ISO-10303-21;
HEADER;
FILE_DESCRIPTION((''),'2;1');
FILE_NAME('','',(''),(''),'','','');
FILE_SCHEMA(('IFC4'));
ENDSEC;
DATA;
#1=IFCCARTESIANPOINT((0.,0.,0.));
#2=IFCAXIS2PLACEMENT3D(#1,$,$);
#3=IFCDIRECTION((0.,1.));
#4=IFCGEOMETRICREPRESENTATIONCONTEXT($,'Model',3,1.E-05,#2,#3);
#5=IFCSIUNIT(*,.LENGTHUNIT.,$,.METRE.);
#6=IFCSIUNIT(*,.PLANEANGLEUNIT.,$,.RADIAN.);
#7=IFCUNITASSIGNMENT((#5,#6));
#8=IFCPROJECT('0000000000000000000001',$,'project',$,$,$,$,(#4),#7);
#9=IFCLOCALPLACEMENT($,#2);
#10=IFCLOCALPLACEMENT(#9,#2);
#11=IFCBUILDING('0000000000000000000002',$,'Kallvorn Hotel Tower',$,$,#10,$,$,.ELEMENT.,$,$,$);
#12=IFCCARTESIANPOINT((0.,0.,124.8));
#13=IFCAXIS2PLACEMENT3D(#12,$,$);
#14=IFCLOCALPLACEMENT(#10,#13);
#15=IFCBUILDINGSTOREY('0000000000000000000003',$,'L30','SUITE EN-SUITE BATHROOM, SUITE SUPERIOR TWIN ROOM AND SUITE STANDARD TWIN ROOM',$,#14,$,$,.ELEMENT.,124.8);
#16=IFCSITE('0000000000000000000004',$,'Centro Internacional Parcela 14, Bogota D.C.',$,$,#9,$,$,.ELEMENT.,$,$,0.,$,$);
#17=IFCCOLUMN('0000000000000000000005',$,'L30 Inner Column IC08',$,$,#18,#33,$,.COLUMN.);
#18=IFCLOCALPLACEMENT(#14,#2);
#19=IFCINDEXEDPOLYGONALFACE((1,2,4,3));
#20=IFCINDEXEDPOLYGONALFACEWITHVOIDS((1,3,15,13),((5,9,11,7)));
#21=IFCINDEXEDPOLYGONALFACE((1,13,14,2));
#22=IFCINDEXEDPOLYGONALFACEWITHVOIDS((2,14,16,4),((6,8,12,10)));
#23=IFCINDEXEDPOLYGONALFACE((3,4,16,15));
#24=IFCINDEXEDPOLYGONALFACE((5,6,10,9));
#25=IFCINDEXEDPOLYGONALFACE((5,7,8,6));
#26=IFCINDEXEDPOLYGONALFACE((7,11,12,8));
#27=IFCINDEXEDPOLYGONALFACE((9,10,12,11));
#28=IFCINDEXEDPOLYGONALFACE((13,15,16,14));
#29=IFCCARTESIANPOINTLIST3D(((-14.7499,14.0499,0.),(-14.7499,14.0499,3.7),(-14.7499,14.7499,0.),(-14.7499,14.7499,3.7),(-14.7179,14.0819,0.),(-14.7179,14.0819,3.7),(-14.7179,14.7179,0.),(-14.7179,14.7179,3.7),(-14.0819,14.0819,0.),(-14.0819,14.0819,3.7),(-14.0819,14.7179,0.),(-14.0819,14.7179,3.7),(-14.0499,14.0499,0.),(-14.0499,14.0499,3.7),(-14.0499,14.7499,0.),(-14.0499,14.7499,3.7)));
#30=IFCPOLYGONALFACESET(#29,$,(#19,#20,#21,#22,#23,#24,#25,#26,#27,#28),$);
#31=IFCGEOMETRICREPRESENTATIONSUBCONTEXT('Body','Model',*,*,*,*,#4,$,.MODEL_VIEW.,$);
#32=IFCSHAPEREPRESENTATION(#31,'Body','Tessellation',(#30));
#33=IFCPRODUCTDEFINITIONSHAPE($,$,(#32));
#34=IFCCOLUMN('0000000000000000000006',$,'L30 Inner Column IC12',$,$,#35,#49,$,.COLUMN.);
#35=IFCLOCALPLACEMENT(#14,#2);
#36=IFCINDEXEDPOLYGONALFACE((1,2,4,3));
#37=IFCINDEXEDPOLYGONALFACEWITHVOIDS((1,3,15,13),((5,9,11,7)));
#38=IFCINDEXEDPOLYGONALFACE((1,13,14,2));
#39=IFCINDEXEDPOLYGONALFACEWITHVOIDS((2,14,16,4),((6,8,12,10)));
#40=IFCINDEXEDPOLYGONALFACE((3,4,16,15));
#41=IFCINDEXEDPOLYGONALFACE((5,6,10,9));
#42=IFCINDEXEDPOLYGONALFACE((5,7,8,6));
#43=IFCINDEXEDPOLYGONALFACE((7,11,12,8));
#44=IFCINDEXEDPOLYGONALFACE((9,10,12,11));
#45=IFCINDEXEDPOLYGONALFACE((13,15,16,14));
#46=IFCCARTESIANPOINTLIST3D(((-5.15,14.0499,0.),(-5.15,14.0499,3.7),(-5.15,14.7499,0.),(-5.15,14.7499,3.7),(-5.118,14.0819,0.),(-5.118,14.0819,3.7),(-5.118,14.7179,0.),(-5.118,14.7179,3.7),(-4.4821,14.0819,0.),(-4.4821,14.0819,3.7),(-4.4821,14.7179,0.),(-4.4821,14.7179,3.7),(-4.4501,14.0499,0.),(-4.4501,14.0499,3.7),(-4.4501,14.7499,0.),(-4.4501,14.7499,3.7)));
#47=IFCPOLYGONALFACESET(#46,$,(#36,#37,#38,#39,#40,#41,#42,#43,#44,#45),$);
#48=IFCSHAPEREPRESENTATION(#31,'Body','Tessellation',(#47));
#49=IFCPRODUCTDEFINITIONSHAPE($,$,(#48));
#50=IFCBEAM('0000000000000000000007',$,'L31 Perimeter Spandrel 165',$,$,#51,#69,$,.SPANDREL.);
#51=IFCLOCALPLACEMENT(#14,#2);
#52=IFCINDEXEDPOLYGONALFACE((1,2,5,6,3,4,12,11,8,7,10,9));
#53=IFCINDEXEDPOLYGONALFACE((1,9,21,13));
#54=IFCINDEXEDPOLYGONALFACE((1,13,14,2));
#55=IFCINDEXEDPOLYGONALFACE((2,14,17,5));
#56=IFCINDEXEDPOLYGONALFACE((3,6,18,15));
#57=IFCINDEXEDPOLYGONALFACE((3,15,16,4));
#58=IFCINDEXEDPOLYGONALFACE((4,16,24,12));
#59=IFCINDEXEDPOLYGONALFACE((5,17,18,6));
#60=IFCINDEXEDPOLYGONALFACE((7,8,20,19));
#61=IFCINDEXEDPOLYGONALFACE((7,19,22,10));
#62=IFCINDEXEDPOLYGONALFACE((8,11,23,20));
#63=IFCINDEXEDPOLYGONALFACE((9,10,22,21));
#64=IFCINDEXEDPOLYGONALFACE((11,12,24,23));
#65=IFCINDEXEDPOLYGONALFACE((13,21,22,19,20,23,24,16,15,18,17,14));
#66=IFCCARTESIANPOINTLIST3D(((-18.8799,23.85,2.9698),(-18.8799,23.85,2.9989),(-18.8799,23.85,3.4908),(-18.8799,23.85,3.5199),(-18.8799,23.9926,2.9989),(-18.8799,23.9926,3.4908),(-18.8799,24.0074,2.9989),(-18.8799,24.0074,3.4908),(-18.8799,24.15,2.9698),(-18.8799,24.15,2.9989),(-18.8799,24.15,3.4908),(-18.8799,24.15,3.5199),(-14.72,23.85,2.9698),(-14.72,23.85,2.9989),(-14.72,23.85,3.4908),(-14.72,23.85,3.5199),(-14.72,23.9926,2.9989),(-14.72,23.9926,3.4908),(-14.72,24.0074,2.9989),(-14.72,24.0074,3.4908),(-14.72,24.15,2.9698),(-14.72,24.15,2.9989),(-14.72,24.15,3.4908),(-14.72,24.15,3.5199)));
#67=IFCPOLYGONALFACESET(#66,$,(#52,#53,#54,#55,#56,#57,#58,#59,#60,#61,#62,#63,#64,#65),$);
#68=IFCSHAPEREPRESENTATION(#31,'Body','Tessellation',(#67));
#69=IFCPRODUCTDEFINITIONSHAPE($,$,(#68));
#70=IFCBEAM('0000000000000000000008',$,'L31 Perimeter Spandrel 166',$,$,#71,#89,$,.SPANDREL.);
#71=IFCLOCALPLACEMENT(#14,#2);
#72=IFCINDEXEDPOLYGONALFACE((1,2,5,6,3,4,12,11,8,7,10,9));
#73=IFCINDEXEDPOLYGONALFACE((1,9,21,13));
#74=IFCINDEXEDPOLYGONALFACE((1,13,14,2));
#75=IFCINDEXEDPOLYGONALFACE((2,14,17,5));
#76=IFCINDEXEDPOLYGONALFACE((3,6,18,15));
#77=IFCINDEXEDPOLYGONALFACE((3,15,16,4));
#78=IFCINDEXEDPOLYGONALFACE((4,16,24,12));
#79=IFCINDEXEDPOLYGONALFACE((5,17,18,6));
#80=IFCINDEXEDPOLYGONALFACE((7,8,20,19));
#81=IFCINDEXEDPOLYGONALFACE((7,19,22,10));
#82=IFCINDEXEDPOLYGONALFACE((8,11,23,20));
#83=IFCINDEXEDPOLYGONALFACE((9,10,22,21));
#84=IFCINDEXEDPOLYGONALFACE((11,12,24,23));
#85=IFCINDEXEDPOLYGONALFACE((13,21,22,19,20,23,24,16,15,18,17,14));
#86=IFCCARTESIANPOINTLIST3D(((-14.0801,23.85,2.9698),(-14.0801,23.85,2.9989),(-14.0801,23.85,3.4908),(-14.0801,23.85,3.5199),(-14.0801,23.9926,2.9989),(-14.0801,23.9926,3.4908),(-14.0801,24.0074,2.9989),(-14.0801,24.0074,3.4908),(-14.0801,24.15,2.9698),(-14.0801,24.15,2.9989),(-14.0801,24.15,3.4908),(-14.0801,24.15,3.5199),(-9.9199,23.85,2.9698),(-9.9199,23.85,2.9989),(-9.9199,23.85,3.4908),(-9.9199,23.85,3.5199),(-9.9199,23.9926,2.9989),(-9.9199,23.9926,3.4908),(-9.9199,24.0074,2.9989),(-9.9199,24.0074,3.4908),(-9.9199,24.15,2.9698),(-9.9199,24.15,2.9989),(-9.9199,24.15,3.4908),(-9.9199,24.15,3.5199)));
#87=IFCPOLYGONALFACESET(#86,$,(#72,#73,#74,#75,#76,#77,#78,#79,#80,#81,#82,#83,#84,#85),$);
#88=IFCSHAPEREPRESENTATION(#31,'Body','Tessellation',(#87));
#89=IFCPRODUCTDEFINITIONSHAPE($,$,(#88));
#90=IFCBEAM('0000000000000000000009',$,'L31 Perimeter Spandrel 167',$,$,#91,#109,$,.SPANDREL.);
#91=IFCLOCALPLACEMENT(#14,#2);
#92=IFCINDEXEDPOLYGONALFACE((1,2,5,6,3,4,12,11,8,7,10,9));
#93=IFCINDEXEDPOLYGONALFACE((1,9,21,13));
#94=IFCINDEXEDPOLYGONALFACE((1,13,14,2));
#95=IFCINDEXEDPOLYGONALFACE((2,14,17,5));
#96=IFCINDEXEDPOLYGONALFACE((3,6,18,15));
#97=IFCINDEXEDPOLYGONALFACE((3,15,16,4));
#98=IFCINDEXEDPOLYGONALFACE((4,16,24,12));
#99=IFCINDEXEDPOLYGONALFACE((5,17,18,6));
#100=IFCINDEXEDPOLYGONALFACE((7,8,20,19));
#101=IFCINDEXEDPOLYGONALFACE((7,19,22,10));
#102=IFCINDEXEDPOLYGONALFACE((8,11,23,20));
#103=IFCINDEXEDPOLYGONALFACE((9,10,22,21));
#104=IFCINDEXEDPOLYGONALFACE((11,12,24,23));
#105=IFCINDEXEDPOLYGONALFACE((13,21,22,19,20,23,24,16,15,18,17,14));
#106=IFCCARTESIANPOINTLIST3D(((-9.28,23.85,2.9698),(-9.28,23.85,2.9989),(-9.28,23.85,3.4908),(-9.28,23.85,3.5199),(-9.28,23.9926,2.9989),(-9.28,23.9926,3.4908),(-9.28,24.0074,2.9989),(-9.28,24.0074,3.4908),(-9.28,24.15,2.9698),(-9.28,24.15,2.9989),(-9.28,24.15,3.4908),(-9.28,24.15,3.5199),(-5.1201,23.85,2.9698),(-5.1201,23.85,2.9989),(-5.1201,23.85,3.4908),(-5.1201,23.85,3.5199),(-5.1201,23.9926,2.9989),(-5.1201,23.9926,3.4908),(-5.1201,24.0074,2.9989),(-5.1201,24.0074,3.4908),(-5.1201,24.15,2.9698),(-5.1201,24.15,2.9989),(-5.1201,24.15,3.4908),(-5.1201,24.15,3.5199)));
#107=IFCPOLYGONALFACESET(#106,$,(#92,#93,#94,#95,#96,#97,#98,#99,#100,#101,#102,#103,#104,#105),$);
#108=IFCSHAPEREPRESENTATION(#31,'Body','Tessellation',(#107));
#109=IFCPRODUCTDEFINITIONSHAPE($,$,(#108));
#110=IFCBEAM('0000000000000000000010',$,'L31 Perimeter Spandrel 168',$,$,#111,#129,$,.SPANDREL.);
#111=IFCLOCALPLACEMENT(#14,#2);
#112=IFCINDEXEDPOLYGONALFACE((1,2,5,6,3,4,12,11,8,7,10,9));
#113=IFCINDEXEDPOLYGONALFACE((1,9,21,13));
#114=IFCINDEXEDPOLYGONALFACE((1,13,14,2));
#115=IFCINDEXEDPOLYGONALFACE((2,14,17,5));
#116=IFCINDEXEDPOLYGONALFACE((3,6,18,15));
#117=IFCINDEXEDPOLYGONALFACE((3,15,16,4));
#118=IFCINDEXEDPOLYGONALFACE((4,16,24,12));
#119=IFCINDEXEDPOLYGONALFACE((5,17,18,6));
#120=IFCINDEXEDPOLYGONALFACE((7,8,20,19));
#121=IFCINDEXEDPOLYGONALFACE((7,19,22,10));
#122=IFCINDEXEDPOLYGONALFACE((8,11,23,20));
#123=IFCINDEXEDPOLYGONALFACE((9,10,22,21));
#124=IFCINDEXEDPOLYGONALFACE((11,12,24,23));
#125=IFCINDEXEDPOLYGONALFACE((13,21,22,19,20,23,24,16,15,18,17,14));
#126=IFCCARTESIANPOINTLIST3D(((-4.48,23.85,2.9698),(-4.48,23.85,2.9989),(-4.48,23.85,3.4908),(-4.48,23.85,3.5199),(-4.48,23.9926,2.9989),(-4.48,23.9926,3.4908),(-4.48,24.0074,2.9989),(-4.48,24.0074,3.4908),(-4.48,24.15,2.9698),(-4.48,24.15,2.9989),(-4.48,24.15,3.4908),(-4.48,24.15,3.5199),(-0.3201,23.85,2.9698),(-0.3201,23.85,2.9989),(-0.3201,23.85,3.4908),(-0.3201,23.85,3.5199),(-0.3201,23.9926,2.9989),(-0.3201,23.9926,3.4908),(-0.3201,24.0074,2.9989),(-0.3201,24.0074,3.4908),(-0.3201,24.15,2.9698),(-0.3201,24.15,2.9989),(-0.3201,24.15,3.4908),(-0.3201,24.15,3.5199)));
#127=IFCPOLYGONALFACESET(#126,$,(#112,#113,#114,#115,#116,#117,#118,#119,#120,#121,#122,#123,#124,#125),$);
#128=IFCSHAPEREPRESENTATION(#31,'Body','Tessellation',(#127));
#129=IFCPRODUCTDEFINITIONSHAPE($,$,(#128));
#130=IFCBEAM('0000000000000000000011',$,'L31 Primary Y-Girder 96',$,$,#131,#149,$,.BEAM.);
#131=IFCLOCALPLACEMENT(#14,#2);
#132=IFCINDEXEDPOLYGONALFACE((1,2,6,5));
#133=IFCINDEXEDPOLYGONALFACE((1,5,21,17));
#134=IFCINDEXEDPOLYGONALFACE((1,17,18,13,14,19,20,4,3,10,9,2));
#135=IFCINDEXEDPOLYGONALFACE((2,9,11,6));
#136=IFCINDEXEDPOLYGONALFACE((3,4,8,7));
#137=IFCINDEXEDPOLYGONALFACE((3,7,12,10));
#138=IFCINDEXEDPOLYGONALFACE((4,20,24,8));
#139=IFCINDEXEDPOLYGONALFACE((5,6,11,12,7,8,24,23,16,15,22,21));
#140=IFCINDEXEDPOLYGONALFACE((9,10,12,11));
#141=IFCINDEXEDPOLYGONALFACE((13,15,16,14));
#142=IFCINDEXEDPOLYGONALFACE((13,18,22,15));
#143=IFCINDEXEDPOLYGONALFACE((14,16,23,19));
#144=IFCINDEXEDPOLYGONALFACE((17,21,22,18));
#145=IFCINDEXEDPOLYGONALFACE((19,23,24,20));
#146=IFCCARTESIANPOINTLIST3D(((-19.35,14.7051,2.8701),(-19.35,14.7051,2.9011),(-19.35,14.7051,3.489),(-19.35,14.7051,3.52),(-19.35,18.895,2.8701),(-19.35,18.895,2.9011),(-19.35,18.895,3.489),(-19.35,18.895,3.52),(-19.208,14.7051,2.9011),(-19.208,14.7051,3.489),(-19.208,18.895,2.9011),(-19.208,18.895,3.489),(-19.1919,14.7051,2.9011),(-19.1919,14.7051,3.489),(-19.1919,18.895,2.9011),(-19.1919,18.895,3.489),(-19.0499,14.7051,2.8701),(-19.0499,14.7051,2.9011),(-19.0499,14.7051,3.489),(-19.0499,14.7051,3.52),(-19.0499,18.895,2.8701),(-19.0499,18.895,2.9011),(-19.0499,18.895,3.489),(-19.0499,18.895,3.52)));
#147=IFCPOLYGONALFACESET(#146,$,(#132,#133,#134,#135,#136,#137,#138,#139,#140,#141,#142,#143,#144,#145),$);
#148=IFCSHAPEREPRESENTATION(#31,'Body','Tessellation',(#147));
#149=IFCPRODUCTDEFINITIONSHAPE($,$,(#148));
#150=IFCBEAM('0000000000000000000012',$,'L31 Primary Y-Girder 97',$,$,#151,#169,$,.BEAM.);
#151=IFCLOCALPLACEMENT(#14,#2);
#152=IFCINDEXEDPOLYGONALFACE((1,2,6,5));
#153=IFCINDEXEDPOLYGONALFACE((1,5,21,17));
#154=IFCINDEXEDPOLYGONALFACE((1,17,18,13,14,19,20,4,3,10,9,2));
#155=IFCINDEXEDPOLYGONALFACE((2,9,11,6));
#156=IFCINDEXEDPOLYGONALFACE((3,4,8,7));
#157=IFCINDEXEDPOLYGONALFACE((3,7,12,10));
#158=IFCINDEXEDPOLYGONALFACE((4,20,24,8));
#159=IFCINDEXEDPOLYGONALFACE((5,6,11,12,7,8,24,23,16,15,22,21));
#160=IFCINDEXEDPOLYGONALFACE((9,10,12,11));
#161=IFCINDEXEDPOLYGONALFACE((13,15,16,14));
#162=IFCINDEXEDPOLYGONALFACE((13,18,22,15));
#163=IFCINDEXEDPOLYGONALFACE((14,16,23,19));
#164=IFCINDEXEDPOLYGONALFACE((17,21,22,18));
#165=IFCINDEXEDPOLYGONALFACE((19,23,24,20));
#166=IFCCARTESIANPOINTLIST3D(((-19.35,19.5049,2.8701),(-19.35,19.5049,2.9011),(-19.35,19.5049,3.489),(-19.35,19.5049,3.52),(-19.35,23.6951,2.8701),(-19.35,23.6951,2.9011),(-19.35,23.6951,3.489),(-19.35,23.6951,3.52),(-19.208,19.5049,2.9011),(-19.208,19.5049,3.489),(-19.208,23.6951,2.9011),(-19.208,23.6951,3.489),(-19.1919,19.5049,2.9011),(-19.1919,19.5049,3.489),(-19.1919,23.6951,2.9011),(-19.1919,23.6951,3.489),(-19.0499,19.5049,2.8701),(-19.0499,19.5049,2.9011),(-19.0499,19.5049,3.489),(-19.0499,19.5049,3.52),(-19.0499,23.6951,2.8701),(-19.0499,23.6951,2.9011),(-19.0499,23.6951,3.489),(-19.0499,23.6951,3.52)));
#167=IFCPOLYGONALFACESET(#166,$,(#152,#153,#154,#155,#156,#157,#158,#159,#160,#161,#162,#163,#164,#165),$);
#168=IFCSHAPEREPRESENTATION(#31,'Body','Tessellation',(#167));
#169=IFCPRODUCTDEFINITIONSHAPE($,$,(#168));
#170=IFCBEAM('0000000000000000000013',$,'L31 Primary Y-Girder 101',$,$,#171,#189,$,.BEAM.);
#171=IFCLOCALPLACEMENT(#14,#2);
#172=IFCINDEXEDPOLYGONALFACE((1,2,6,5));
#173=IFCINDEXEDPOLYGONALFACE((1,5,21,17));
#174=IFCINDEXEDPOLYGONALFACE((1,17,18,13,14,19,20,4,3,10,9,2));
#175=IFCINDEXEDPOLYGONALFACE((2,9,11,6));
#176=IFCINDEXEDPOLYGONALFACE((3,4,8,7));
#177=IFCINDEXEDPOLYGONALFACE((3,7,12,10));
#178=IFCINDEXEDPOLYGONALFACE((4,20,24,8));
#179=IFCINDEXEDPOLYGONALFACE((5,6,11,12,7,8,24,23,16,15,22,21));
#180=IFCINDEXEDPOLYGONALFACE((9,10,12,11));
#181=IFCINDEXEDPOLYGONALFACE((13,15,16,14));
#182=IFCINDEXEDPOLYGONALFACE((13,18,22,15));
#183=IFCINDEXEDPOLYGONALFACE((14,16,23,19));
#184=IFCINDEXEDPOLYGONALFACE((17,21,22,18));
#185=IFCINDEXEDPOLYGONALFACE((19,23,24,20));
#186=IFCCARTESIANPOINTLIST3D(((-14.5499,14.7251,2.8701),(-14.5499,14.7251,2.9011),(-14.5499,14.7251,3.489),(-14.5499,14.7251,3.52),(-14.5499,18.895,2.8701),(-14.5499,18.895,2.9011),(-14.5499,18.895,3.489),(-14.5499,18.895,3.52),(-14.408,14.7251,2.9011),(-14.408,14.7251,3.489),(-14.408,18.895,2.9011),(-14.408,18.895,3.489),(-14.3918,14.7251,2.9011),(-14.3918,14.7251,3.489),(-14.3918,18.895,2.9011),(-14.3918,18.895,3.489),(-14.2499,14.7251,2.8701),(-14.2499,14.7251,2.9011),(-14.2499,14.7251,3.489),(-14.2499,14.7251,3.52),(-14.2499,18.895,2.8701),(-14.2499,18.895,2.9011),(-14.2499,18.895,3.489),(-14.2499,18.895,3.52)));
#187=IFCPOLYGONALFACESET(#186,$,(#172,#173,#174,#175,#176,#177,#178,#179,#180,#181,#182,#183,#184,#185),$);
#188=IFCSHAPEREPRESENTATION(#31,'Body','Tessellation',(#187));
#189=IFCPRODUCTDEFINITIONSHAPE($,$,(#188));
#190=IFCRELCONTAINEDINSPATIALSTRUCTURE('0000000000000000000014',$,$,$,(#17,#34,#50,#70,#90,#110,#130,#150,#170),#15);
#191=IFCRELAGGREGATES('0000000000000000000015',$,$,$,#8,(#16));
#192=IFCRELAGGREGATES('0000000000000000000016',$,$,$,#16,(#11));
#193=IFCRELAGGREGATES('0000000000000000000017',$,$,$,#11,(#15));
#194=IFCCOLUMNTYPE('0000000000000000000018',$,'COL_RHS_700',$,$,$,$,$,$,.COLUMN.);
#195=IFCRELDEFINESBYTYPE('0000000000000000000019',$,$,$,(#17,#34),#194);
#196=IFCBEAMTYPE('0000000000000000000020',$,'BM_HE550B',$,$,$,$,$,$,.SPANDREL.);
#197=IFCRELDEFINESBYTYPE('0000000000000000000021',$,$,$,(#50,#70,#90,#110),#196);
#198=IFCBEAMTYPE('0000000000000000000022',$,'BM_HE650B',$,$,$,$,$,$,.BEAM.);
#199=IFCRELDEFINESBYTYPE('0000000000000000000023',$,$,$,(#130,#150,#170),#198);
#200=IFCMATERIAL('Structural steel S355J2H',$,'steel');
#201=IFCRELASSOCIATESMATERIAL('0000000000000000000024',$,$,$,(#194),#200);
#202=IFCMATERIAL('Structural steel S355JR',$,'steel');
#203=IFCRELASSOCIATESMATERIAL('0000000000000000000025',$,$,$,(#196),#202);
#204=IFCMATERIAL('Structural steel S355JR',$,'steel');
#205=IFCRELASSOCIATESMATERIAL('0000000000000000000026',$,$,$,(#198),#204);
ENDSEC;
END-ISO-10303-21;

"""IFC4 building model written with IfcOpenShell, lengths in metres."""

from ifc_helpers import new_model, si_unit, direction, frame, origin, origin_2d, place, context, subcontext, project, spatial, hollow_rectangle, i_section, extrude, material, material_profile, profile_set, type_object, element, save


model = new_model("IFC4")

# Units and contexts
model_context = context("Model", 3, precision=1e-05, world=origin(), true_north=direction((0.0, 1.0)))
body_context = subcontext(model_context, "Body", "Model", "MODEL_VIEW")
ifc_project = project(units=[si_unit("LENGTHUNIT", "METRE"), si_unit("PLANEANGLEUNIT", "RADIAN")], contexts=[model_context])

# Site, building, storey
site_placement = place(None, origin())
site = spatial("IfcSite", under=ifc_project, at=site_placement, Name="Centro Internacional Parcela 14, Bogota D.C.", CompositionType="ELEMENT", RefElevation=0.0)
building_placement = place(site_placement, origin())
building = spatial("IfcBuilding", under=site, at=building_placement, Name="Kallvorn Hotel Tower", CompositionType="ELEMENT")
storey_placement = place(building_placement, frame((0.0, 0.0, 124.8)))
storey = spatial("IfcBuildingStorey", under=building, at=storey_placement, Name="L30", Description="SUITE EN-SUITE BATHROOM, SUITE SUPERIOR TWIN ROOM AND SUITE STANDARD TWIN ROOM", CompositionType="ELEMENT", Elevation=124.8)

# Columns
ifc_material_1 = material(Name="Structural steel S355J2H", Category="steel")
ifc_material_profile_1 = material_profile(ifc_material_1, hollow_rectangle(XDim=0.7, YDim=0.7, WallThickness=0.032, at=origin_2d()), Name="RHS 700x700x32")
ifc_profile_set_1 = profile_set([ifc_material_profile_1], Name="Structural steel S355J2H")
column_type_1 = type_object("IfcColumnType", Name="COL_RHS_700", PredefinedType="COLUMN", material=ifc_profile_set_1)
for number, where, z_axis, x_axis, name in (
    (1, (-14.3999, 14.3999, 0.0), (0.0, 0.0, 1.0), (1.0, 0.0, 0.0), "L30 Inner Column IC08"),
    (2, (-4.8, 14.3999, 0.0), (0.0, 0.0, 1.0), (1.0, 0.0, 0.0), "L30 Inner Column IC12"),
):
    element("IfcColumn", number, at=place(storey_placement, frame(where, z_axis=z_axis, x_axis=x_axis)), inside=storey, type_object=column_type_1, Name=name, PredefinedType="COLUMN", context=body_context, shape_type="SweptSolid", body=[
        extrude(hollow_rectangle(XDim=0.7, YDim=0.7, WallThickness=0.032, at=origin_2d()), origin(), (0.0, 0.0, 1.0), 3.7),
    ])

# Beams
ifc_material_2 = material(Name="Structural steel S355JR", Category="steel")
ifc_material_profile_2 = material_profile(ifc_material_2, i_section(OverallWidth=0.3, OverallDepth=0.55, WebThickness=0.0149, FlangeThickness=0.0291, at=origin_2d()), Name="HE 550 B")
ifc_profile_set_2 = profile_set([ifc_material_profile_2], Name="Structural steel S355JR")
beam_type_1 = type_object("IfcBeamType", Name="BM_HE550B", PredefinedType="SPANDREL", material=ifc_profile_set_2)
beam_1_placement = place(storey_placement, frame((-18.8799, 24.0, 3.2449), z_axis=(1.0, 0.0, 0.0), x_axis=(0.0, 1.0, 0.0)))
element("IfcBeam", 3, at=beam_1_placement, inside=storey, type_object=beam_type_1, Name="L31 Perimeter Spandrel 165", PredefinedType="SPANDREL", context=body_context, shape_type="SweptSolid", body=[
    extrude(i_section(OverallWidth=0.3, OverallDepth=0.55, WebThickness=0.0149, FlangeThickness=0.0291, at=origin_2d()), origin(), (0.0, 0.0, 1.0), 4.1599),
])
beam_2_placement = place(storey_placement, frame((-14.0801, 24.0, 3.2449), z_axis=(1.0, 0.0, 0.0), x_axis=(0.0, 1.0, 0.0)))
element("IfcBeam", 4, at=beam_2_placement, inside=storey, type_object=beam_type_1, Name="L31 Perimeter Spandrel 166", PredefinedType="SPANDREL", context=body_context, shape_type="SweptSolid", body=[
    extrude(i_section(OverallWidth=0.3, OverallDepth=0.55, WebThickness=0.0149, FlangeThickness=0.0291, at=origin_2d()), origin(), (0.0, 0.0, 1.0), 4.1602),
])
for number, where, z_axis, x_axis, name in (
    (5, (-9.28, 24.0, 3.2449), (1.0, 0.0, 0.0), (0.0, 1.0, 0.0), "L31 Perimeter Spandrel 167"),
    (6, (-4.48, 24.0, 3.2449), (1.0, 0.0, 0.0), (0.0, 1.0, 0.0), "L31 Perimeter Spandrel 168"),
):
    element("IfcBeam", number, at=place(storey_placement, frame(where, z_axis=z_axis, x_axis=x_axis)), inside=storey, type_object=beam_type_1, Name=name, PredefinedType="SPANDREL", context=body_context, shape_type="SweptSolid", body=[
        extrude(i_section(OverallWidth=0.3, OverallDepth=0.55, WebThickness=0.0149, FlangeThickness=0.0291, at=origin_2d()), origin(), (0.0, 0.0, 1.0), 4.1599),
    ])
ifc_material_3 = material(Name="Structural steel S355JR", Category="steel")
ifc_material_profile_3 = material_profile(ifc_material_3, i_section(OverallWidth=0.3, OverallDepth=0.6499, WebThickness=0.0161, FlangeThickness=0.031, at=origin_2d()), Name="HE 650 B")
ifc_profile_set_3 = profile_set([ifc_material_profile_3], Name="Structural steel S355JR")
beam_type_2 = type_object("IfcBeamType", Name="BM_HE650B", PredefinedType="BEAM", material=ifc_profile_set_3)
beam_3_placement = place(storey_placement, frame((-19.2, 14.7051, 3.1951), z_axis=(0.0, 1.0, 0.0), x_axis=(-1.0, 0.0, 0.0)))
element("IfcBeam", 7, at=beam_3_placement, inside=storey, type_object=beam_type_2, Name="L31 Primary Y-Girder 96", PredefinedType="BEAM", context=body_context, shape_type="SweptSolid", body=[
    extrude(i_section(OverallWidth=0.3, OverallDepth=0.6499, WebThickness=0.0161, FlangeThickness=0.031, at=origin_2d()), origin(), (0.0, 0.0, 1.0), 4.1899),
])
beam_4_placement = place(storey_placement, frame((-19.2, 19.5049, 3.1951), z_axis=(0.0, 1.0, 0.0), x_axis=(-1.0, 0.0, 0.0)))
element("IfcBeam", 8, at=beam_4_placement, inside=storey, type_object=beam_type_2, Name="L31 Primary Y-Girder 97", PredefinedType="BEAM", context=body_context, shape_type="SweptSolid", body=[
    extrude(i_section(OverallWidth=0.3, OverallDepth=0.6499, WebThickness=0.0161, FlangeThickness=0.031, at=origin_2d()), origin(), (0.0, 0.0, 1.0), 4.1902),
])
beam_5_placement = place(storey_placement, frame((-14.3999, 14.7251, 3.1951), z_axis=(0.0, 1.0, 0.0), x_axis=(-1.0, 0.0, 0.0)))
element("IfcBeam", 9, at=beam_5_placement, inside=storey, type_object=beam_type_2, Name="L31 Primary Y-Girder 101", PredefinedType="BEAM", context=body_context, shape_type="SweptSolid", body=[
    extrude(i_section(OverallWidth=0.3, OverallDepth=0.6499, WebThickness=0.0161, FlangeThickness=0.031, at=origin_2d()), origin(), (0.0, 0.0, 1.0), 4.1699),
])

save(model, "model.ifc")
